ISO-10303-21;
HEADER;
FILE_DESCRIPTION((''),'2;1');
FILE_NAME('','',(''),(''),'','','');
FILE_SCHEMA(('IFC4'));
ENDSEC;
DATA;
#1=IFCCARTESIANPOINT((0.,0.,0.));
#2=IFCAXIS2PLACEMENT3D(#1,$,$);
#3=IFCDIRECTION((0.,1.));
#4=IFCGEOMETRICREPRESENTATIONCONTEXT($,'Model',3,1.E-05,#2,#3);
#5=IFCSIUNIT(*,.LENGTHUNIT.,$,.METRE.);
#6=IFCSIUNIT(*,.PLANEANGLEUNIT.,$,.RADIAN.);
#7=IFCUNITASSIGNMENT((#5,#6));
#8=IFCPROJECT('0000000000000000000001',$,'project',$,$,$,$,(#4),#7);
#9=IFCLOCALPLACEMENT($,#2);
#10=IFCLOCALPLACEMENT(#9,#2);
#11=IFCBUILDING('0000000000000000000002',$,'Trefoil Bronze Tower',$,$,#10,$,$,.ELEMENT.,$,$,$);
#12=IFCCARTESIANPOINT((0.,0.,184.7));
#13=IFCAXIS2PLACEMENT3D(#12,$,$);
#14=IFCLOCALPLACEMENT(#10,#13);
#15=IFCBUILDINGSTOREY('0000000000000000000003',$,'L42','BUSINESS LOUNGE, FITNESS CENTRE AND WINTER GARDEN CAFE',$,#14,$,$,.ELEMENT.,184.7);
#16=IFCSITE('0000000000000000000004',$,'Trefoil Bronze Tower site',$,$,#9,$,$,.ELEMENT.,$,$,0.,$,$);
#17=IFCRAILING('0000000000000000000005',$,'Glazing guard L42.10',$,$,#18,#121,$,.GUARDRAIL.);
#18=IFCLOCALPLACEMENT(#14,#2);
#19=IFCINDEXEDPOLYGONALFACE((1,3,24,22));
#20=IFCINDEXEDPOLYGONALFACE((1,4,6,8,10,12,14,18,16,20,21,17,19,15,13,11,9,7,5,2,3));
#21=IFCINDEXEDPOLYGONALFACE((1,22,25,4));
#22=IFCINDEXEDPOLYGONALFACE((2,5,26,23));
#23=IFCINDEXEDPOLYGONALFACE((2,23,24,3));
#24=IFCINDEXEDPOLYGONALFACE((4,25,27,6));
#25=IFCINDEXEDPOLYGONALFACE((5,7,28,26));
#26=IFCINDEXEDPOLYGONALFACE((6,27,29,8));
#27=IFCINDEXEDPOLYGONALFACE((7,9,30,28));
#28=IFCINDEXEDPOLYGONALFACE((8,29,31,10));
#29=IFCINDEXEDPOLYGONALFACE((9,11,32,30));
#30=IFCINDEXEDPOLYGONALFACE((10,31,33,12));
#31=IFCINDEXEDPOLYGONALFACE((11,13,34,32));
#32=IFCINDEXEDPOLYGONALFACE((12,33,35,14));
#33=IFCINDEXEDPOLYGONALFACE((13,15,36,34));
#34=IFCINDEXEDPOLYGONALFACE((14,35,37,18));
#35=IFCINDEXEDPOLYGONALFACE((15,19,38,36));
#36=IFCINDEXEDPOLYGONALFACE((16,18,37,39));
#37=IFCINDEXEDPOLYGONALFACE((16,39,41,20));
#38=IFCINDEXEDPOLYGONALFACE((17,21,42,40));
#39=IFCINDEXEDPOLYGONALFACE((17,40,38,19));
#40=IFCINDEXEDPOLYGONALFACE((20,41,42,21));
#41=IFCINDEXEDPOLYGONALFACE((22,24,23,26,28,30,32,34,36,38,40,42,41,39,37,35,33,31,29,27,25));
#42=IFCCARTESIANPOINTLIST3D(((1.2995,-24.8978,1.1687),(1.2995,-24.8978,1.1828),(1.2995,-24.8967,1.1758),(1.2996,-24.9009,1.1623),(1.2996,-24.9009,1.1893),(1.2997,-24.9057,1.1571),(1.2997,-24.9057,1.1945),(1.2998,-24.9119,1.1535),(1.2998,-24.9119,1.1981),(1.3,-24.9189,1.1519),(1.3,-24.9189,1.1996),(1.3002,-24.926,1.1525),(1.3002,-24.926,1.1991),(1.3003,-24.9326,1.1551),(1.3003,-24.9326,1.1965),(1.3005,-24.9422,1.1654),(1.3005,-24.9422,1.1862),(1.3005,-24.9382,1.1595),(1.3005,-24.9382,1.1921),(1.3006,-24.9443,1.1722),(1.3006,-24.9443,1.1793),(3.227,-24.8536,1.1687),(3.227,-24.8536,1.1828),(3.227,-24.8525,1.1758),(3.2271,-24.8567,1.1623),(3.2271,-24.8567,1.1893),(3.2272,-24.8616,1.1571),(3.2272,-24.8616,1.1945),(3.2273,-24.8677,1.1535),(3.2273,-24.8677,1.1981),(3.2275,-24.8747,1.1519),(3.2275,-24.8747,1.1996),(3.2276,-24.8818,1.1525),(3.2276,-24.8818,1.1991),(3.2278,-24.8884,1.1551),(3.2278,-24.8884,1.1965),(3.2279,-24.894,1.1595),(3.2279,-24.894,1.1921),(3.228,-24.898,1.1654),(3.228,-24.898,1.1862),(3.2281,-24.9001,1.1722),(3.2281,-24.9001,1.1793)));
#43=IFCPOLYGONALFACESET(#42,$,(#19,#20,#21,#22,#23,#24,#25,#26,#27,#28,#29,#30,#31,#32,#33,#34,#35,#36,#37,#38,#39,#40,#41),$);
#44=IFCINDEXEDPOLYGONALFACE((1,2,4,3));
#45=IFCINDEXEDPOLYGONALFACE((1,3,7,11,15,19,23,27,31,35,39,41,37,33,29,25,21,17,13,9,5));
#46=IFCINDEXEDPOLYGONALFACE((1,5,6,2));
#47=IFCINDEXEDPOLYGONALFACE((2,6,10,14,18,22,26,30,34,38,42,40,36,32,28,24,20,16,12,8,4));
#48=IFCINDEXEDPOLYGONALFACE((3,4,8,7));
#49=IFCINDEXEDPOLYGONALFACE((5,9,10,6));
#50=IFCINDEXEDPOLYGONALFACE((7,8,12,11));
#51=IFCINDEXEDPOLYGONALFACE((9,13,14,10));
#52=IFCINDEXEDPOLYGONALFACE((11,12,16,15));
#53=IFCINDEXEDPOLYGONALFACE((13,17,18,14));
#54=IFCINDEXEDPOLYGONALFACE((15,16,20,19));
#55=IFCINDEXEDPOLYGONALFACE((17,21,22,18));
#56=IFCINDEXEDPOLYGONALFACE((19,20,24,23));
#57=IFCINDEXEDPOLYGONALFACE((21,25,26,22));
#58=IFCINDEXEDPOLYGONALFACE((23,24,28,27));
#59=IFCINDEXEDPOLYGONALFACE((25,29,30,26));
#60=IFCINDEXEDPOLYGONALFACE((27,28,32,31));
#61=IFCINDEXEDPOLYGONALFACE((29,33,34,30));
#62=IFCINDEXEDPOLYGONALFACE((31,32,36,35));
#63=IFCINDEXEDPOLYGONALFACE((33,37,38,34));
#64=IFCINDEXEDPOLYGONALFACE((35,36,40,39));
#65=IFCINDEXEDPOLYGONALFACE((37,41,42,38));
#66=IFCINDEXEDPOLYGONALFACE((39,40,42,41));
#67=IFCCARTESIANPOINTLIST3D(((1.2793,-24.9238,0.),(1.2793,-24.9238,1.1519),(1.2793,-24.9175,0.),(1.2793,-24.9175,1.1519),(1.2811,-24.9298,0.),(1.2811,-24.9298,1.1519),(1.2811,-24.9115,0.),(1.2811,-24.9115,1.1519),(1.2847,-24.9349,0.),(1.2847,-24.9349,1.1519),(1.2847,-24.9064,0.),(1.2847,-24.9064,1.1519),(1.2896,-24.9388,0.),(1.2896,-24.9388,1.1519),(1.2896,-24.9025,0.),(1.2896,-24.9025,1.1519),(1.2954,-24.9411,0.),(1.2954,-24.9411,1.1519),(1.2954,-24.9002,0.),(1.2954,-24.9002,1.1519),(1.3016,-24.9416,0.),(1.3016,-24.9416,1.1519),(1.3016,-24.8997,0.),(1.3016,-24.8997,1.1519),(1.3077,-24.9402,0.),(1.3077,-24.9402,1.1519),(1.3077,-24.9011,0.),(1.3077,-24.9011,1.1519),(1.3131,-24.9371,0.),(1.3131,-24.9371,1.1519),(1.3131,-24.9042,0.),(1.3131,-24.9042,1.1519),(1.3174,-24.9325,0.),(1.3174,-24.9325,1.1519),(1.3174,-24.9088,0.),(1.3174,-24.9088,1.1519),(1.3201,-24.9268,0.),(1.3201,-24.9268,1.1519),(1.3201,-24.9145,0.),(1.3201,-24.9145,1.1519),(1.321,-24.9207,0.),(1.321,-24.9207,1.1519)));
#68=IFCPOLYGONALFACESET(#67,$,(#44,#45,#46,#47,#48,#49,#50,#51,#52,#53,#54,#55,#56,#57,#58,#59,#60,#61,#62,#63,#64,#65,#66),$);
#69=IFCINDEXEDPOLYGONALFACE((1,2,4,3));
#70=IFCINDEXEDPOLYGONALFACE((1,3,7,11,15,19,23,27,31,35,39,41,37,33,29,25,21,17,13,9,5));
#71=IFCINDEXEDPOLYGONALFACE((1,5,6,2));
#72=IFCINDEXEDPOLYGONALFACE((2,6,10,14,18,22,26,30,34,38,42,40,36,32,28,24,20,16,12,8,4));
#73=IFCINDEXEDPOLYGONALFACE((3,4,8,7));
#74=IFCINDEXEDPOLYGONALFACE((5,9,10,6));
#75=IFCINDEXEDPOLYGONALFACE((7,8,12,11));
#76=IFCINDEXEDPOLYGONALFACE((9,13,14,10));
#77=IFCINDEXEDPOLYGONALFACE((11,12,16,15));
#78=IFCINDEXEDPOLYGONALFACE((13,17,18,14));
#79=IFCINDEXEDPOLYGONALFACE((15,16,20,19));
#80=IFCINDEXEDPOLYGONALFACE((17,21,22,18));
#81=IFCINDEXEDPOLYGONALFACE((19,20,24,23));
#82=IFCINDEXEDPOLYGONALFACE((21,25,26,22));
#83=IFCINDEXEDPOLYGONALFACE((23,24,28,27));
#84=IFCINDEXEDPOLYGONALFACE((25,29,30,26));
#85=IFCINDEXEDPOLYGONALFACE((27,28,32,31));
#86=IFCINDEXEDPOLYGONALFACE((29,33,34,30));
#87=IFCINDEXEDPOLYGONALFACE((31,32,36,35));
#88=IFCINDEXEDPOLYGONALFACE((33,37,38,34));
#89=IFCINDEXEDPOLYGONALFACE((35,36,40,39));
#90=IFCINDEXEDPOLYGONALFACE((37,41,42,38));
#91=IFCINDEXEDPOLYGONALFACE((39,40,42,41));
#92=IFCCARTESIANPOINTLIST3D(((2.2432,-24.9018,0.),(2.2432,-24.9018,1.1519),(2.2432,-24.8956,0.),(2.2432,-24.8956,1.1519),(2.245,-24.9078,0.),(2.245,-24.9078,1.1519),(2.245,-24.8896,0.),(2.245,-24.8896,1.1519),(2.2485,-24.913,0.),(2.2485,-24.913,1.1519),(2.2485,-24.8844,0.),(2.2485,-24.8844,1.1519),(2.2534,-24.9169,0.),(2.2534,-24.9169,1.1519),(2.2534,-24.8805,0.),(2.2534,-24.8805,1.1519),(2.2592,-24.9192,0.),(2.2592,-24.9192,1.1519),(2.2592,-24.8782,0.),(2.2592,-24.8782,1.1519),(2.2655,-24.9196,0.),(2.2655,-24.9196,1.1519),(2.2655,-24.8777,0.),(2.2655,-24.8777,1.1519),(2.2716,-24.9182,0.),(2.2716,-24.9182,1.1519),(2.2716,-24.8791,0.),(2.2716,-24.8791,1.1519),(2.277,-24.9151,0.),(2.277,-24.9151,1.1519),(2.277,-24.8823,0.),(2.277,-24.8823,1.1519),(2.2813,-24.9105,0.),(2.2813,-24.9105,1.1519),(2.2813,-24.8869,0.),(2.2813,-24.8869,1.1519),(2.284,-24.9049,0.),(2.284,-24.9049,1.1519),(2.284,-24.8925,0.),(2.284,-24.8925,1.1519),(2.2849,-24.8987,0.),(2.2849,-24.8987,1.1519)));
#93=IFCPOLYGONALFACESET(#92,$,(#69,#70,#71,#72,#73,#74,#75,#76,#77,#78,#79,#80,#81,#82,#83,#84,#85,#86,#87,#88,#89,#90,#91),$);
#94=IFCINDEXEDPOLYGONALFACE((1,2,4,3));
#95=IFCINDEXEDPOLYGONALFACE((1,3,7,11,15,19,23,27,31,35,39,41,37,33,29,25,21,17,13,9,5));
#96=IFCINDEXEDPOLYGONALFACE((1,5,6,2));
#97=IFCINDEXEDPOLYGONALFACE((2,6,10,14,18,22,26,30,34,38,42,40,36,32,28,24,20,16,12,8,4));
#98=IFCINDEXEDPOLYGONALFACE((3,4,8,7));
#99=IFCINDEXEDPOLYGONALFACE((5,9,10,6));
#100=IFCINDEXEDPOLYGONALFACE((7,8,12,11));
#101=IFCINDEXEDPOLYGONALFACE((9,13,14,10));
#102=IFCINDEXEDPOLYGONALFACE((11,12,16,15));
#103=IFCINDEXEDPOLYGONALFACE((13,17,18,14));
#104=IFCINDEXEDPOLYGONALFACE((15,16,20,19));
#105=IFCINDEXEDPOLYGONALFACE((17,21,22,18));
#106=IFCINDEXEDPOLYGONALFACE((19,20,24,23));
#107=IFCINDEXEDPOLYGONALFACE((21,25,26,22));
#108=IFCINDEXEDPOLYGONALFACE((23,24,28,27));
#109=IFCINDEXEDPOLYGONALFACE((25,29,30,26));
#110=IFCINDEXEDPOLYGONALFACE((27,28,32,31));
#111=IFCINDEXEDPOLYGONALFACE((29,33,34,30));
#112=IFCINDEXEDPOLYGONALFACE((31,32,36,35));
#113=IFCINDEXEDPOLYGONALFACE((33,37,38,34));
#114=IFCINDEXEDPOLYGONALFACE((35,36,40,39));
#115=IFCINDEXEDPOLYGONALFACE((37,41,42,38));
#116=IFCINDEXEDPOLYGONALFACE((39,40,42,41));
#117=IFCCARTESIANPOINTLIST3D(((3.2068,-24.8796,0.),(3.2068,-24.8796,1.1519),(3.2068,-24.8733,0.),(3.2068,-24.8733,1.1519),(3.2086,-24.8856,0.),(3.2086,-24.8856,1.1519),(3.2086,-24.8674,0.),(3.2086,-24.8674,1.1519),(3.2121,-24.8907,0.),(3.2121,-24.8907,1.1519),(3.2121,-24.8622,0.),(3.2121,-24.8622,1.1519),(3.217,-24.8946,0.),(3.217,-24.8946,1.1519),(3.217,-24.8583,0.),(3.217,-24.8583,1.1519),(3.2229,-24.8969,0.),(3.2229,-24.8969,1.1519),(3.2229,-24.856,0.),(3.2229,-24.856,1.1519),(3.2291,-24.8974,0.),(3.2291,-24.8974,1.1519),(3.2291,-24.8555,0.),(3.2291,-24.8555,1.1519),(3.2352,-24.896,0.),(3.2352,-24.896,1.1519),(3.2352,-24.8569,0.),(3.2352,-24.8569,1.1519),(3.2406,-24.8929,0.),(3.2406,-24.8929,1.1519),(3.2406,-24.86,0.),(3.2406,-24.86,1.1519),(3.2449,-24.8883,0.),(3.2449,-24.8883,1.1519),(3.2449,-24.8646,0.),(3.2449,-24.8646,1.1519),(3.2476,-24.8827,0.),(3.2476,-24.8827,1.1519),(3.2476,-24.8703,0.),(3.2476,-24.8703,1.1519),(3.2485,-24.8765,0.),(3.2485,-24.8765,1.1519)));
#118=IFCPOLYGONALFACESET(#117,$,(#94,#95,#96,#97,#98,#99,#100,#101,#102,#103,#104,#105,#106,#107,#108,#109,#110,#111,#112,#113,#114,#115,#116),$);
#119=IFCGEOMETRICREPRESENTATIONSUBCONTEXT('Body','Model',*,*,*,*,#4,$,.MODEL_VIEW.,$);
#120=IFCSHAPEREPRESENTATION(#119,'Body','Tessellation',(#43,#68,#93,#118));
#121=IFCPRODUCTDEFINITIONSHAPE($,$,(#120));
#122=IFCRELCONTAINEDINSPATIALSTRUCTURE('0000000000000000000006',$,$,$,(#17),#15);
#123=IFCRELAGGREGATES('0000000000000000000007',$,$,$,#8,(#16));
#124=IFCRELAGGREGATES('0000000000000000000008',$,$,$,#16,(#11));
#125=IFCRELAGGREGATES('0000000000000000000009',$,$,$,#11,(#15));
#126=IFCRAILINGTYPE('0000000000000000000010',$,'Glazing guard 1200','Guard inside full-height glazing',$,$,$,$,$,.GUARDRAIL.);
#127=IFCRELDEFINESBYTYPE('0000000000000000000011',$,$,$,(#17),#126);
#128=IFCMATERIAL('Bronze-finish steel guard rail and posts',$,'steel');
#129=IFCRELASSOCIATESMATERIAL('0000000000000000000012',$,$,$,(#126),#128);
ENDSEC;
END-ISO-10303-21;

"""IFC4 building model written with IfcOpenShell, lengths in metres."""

from ifc_helpers import new_model, si_unit, direction, frame, origin, origin_2d, place, context, subcontext, project, spatial, circle, extrude, material, type_object, element, save


model = new_model("IFC4")

# Units and contexts
model_context = context("Model", 3, precision=1e-05, world=origin(), true_north=direction((0.0, 1.0)))
body_context = subcontext(model_context, "Body", "Model", "MODEL_VIEW")
ifc_project = project(units=[si_unit("LENGTHUNIT", "METRE"), si_unit("PLANEANGLEUNIT", "RADIAN")], contexts=[model_context])

# Site, building, storey
site_placement = place(None, origin())
site = spatial("IfcSite", under=ifc_project, at=site_placement, Name="Trefoil Bronze Tower site", CompositionType="ELEMENT", RefElevation=0.0)
building_placement = place(site_placement, origin())
building = spatial("IfcBuilding", under=site, at=building_placement, Name="Trefoil Bronze Tower", CompositionType="ELEMENT")
storey_placement = place(building_placement, frame((0.0, 0.0, 184.7)))
storey = spatial("IfcBuildingStorey", under=building, at=storey_placement, Name="L42", Description="BUSINESS LOUNGE, FITNESS CENTRE AND WINTER GARDEN CAFE", CompositionType="ELEMENT", Elevation=184.7)

# Railing
ifc_material_1 = material(Name="Bronze-finish steel guard rail and posts", Category="steel")
railing_type = type_object("IfcRailingType", Name="Glazing guard 1200", Description="Guard inside full-height glazing", PredefinedType="GUARDRAIL", material=ifc_material_1)
railing_1_placement = place(storey_placement, frame((1.3, -24.9207, 0.0)))
element("IfcRailing", 1, at=railing_1_placement, inside=storey, type_object=railing_type, Name="Glazing guard L42.10", PredefinedType="GUARDRAIL", context=body_context, shape_type="SweptSolid", body=[
    extrude(circle(Radius=0.0239, at=origin_2d()), frame((0.0, 0.0, 1.1758), z_axis=(0.999737, 0.02292, 0.0), x_axis=(-0.02292, 0.999737, 0.0)), (0.0, 0.0, 1.0), 1.928),
    extrude(circle(Radius=0.021, at=origin_2d()), origin(), (0.0, 0.0, 1.0), 1.1519),
    extrude(circle(Radius=0.021, at=origin_2d()), frame((0.9639, 0.022, 0.0)), (0.0, 0.0, 1.0), 1.1519),
    extrude(circle(Radius=0.021, at=origin_2d()), frame((1.9275, 0.0442, 0.0)), (0.0, 0.0, 1.0), 1.1519),
])

save(model, "model.ifc")
